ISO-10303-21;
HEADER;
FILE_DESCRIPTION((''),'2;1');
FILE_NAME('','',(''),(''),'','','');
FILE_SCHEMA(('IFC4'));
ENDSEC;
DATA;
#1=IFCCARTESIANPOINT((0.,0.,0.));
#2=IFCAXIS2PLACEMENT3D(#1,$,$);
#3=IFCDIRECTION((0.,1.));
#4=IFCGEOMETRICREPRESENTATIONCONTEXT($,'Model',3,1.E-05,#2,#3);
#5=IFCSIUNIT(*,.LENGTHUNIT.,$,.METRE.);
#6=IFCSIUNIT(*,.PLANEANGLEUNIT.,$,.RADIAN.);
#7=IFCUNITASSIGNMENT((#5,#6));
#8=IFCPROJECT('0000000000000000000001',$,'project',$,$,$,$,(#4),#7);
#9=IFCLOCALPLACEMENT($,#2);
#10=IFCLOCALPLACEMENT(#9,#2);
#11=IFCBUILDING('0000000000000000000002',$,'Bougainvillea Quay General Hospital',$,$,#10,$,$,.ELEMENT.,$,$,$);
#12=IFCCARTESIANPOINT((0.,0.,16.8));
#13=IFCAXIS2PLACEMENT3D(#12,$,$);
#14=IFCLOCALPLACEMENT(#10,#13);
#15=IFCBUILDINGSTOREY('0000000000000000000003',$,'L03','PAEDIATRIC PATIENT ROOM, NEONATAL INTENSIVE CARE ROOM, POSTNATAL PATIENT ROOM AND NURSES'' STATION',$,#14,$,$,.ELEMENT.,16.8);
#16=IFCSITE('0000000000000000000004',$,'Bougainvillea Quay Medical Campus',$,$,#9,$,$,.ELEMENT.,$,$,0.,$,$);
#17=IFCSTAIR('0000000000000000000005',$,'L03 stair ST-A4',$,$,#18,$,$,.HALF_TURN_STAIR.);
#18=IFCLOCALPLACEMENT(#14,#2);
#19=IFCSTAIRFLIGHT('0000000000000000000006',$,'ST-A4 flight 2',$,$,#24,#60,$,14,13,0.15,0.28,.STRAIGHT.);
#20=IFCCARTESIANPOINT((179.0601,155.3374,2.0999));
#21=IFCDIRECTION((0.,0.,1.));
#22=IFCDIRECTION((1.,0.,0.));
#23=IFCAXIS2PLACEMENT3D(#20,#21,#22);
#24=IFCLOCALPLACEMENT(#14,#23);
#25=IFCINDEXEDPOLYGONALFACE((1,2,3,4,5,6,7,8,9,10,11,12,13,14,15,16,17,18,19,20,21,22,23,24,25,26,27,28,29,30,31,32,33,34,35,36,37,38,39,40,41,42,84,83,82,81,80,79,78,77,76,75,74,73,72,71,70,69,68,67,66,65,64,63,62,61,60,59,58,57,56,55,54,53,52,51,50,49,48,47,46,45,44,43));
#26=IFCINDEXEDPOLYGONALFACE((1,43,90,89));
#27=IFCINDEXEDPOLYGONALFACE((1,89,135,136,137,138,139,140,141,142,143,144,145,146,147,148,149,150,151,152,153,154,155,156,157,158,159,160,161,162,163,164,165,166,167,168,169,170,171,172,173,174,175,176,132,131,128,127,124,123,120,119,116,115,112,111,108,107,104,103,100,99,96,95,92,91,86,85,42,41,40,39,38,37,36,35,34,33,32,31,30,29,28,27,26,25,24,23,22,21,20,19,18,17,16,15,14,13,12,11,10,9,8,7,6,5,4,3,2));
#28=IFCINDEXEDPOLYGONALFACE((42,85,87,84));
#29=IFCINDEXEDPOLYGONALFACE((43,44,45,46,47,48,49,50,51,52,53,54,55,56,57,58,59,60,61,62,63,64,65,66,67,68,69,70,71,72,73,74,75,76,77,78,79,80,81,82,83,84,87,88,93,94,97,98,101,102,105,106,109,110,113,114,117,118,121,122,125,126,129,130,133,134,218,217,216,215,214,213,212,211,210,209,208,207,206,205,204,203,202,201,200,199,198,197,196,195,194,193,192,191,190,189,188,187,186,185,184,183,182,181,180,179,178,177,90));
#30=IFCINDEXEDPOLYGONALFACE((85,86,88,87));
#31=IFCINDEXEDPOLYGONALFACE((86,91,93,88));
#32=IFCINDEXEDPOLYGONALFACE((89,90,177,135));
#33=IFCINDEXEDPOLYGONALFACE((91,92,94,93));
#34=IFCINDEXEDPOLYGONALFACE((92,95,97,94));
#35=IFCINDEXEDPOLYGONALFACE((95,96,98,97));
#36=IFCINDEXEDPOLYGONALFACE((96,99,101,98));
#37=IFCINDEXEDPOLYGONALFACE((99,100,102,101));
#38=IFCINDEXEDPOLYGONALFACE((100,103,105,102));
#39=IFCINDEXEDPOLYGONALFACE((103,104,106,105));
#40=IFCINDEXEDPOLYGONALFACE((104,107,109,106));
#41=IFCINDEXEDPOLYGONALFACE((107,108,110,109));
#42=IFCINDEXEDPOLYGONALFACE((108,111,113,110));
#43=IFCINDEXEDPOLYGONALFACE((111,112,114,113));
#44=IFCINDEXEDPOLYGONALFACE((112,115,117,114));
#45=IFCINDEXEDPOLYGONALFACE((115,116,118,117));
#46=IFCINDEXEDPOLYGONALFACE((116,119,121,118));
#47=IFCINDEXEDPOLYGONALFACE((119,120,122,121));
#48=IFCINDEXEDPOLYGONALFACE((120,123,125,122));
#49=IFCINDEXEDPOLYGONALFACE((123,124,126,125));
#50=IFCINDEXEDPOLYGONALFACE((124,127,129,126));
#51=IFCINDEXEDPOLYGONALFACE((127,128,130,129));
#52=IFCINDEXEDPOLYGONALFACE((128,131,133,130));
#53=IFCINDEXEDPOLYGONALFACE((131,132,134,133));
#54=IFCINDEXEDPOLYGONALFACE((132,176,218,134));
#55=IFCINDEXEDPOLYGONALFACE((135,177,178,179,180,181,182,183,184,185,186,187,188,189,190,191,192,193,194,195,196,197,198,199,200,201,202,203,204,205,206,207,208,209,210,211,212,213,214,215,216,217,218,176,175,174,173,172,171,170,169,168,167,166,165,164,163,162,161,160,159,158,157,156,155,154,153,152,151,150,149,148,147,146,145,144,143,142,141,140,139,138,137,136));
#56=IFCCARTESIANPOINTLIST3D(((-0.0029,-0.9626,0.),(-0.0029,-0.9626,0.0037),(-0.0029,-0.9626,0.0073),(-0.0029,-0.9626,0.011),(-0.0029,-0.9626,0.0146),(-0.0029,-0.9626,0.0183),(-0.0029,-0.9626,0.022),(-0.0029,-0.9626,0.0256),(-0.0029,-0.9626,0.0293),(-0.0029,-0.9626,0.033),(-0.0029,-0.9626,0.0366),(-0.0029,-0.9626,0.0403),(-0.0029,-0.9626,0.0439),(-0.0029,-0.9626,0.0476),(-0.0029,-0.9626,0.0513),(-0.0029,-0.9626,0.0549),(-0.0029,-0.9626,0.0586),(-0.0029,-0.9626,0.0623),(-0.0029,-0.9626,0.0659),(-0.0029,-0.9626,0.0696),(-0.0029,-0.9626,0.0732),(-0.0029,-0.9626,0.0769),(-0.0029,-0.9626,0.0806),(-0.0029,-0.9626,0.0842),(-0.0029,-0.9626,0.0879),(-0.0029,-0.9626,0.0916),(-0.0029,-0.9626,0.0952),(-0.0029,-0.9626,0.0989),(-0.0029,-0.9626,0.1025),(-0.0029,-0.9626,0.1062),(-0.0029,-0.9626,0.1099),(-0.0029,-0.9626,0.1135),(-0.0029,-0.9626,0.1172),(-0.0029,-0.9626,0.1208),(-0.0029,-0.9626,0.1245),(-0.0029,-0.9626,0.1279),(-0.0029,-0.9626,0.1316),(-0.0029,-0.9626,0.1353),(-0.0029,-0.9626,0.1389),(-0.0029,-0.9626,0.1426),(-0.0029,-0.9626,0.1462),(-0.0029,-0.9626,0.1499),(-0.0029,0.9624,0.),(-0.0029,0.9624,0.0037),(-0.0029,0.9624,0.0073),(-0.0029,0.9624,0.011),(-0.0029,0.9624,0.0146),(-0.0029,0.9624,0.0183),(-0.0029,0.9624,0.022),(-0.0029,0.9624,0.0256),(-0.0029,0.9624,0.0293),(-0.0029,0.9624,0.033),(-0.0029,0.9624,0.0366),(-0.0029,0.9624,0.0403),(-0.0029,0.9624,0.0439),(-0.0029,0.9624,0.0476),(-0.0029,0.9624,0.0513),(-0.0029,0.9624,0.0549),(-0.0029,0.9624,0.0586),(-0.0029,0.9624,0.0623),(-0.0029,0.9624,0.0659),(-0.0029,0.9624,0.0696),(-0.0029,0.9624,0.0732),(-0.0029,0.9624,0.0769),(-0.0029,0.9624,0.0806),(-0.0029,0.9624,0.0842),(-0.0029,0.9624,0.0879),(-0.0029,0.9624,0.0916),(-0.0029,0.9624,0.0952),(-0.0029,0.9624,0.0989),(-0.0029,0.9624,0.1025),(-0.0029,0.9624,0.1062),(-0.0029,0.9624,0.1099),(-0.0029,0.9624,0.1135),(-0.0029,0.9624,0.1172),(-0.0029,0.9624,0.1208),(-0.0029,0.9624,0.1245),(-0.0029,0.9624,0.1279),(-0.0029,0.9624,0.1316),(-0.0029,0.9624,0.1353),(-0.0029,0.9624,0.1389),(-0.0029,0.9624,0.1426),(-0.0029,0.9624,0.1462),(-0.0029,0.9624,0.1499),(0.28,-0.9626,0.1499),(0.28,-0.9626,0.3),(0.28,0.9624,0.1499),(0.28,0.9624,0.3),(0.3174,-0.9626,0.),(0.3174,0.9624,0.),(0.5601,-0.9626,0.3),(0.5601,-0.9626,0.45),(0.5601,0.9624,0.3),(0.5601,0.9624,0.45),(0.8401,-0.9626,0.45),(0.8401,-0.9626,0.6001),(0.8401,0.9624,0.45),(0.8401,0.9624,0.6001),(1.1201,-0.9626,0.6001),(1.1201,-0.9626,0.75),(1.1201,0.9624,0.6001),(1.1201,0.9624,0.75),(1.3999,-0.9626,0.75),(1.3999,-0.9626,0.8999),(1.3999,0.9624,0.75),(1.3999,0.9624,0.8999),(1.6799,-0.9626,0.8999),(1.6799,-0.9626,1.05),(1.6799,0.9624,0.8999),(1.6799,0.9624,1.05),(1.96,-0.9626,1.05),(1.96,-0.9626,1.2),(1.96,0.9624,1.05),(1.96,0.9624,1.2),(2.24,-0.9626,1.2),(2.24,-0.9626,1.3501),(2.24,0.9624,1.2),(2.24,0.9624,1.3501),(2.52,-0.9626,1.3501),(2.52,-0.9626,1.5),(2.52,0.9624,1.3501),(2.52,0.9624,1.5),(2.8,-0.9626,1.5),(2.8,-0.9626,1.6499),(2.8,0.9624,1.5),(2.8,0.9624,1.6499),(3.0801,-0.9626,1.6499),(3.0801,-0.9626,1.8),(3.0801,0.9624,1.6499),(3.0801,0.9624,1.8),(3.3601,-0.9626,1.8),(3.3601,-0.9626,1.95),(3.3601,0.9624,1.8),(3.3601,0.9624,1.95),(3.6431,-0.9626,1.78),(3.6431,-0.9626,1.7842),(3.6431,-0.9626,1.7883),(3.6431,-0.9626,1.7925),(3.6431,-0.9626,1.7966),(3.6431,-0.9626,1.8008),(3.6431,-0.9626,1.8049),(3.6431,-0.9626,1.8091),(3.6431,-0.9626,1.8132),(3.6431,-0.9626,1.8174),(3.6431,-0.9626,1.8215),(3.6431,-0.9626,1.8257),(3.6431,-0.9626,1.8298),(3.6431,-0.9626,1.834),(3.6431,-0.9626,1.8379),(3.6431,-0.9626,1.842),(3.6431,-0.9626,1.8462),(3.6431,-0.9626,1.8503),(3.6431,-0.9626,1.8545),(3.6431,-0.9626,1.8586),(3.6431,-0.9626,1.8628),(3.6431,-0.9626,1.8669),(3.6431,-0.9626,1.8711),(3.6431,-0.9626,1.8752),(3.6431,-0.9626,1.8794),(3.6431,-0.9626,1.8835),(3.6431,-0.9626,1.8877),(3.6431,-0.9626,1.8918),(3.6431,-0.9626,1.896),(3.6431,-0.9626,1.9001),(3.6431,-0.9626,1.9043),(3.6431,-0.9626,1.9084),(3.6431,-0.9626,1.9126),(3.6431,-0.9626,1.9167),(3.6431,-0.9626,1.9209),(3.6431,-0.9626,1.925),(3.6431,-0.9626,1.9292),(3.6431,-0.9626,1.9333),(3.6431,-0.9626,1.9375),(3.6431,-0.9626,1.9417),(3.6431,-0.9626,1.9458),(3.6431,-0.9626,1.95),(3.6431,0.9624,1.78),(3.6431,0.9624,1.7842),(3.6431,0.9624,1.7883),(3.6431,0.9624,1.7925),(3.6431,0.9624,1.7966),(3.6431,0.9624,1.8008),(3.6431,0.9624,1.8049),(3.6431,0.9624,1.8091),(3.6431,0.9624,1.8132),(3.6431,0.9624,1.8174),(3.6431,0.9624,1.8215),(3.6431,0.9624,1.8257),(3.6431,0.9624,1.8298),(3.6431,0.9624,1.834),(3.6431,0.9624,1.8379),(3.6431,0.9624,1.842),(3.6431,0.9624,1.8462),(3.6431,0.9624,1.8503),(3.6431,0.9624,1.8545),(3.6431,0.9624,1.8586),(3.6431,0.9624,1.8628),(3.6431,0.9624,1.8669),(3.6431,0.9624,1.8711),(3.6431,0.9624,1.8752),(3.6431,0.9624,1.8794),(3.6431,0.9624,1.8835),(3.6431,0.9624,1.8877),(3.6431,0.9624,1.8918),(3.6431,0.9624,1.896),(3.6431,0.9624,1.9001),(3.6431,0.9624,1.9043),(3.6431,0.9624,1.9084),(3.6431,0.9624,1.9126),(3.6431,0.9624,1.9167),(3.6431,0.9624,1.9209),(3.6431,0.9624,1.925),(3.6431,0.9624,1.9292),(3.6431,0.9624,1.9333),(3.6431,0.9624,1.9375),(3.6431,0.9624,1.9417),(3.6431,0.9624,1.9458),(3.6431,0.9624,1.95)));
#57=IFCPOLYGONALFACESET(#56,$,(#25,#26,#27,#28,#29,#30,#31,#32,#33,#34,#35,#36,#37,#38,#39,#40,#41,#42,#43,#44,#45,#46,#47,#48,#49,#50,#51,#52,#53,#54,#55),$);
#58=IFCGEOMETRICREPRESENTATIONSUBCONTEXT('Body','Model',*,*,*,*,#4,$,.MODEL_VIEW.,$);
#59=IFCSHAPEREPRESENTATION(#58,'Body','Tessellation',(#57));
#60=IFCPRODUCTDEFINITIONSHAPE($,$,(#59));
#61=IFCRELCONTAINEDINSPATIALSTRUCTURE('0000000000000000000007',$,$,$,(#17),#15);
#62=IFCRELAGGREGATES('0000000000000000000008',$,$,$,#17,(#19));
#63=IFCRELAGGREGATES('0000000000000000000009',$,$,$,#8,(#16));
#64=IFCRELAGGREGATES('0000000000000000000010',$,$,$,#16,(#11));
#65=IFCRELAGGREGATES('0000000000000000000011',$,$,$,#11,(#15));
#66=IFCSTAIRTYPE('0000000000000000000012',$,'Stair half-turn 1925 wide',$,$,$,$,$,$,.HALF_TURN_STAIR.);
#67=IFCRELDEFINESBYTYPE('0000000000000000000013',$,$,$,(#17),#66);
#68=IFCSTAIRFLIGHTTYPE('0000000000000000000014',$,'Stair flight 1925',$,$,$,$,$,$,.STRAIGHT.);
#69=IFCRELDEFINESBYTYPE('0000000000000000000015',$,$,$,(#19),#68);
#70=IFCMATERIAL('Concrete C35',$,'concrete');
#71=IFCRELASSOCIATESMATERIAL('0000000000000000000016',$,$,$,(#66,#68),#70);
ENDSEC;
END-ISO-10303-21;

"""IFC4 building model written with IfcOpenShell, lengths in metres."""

from ifc_helpers import new_model, si_unit, direction, frame, origin, place, context, subcontext, project, spatial, polyline, outline, extrude, material, type_object, element, aggregate, save


model = new_model("IFC4")

# Units and contexts
model_context = context("Model", 3, precision=1e-05, world=origin(), true_north=direction((0.0, 1.0)))
body_context = subcontext(model_context, "Body", "Model", "MODEL_VIEW")
ifc_project = project(units=[si_unit("LENGTHUNIT", "METRE"), si_unit("PLANEANGLEUNIT", "RADIAN")], contexts=[model_context])

# Site, building, storey
site_placement = place(None, origin())
site = spatial("IfcSite", under=ifc_project, at=site_placement, Name="Bougainvillea Quay Medical Campus", CompositionType="ELEMENT", RefElevation=0.0)
building_placement = place(site_placement, origin())
building = spatial("IfcBuilding", under=site, at=building_placement, Name="Bougainvillea Quay General Hospital", CompositionType="ELEMENT")
storey_placement = place(building_placement, frame((0.0, 0.0, 16.8)))
storey = spatial("IfcBuildingStorey", under=building, at=storey_placement, Name="L03", Description="PAEDIATRIC PATIENT ROOM, NEONATAL INTENSIVE CARE ROOM, POSTNATAL PATIENT ROOM AND NURSES' STATION", CompositionType="ELEMENT", Elevation=16.8)

# Stair, stair flight
ifc_material_1 = material(Name="Concrete C35", Category="concrete")
stair_type = type_object("IfcStairType", Name="Stair half-turn 1925 wide", PredefinedType="HALF_TURN_STAIR", material=ifc_material_1)
stair_placement = place(storey_placement, origin())
stair = element("IfcStair", 1, at=stair_placement, inside=storey, type_object=stair_type, Name="L03 stair ST-A4", PredefinedType="HALF_TURN_STAIR")
stair_flight_type = type_object("IfcStairFlightType", Name="Stair flight 1925", PredefinedType="STRAIGHT", material=ifc_material_1)
stair_flight_1_placement = place(storey_placement, frame((179.0601, 155.3374, 2.0999), z_axis=(0.0, 0.0, 1.0), x_axis=(1.0, 0.0, 0.0)))
stair_flight_1 = element("IfcStairFlight", 2, at=stair_flight_1_placement, type_object=stair_flight_type, Name="ST-A4 flight 2", NumberOfRisers=14, NumberOfTreads=13, PredefinedType="STRAIGHT", RiserHeight=0.15, TreadLength=0.28, context=body_context, shape_type="SweptSolid", body=[
    extrude(outline(polyline([(-0.0029, 0.0), (-0.0029, 0.0037), (-0.0029, 0.0073), (-0.0029, 0.011), (-0.0029, 0.0146), (-0.0029, 0.0183), (-0.0029, 0.022), (-0.0029, 0.0256), (-0.0029, 0.0293), (-0.0029, 0.033), (-0.0029, 0.0366), (-0.0029, 0.0403), (-0.0029, 0.0439), (-0.0029, 0.0476), (-0.0029, 0.0513), (-0.0029, 0.0549), (-0.0029, 0.0586), (-0.0029, 0.0623), (-0.0029, 0.0659), (-0.0029, 0.0696), (-0.0029, 0.0732), (-0.0029, 0.0769), (-0.0029, 0.0806), (-0.0029, 0.0842), (-0.0029, 0.0879), (-0.0029, 0.0916), (-0.0029, 0.0952), (-0.0029, 0.0989), (-0.0029, 0.1025), (-0.0029, 0.1062), (-0.0029, 0.1099), (-0.0029, 0.1135), (-0.0029, 0.1172), (-0.0029, 0.1208), (-0.0029, 0.1245), (-0.0029, 0.1279), (-0.0029, 0.1316), (-0.0029, 0.1353), (-0.0029, 0.1389), (-0.0029, 0.1426), (-0.0029, 0.1462), (-0.0029, 0.1499), (0.28, 0.1499), (0.28, 0.3), (0.5601, 0.3), (0.5601, 0.45), (0.8401, 0.45), (0.8401, 0.6001), (1.1201, 0.6001), (1.1201, 0.75), (1.3999, 0.75), (1.3999, 0.8999), (1.6799, 0.8999), (1.6799, 1.05), (1.96, 1.05), (1.96, 1.2), (2.24, 1.2), (2.24, 1.3501), (2.52, 1.3501), (2.52, 1.5), (2.8, 1.5), (2.8, 1.6499), (3.0801, 1.6499), (3.0801, 1.8), (3.3601, 1.8), (3.3601, 1.95), (3.6431, 1.95), (3.6431, 1.9458), (3.6431, 1.9417), (3.6431, 1.9375), (3.6431, 1.9333), (3.6431, 1.9292), (3.6431, 1.925), (3.6431, 1.9209), (3.6431, 1.9167), (3.6431, 1.9126), (3.6431, 1.9084), (3.6431, 1.9043), (3.6431, 1.9001), (3.6431, 1.896), (3.6431, 1.8918), (3.6431, 1.8877), (3.6431, 1.8835), (3.6431, 1.8794), (3.6431, 1.8752), (3.6431, 1.8711), (3.6431, 1.8669), (3.6431, 1.8628), (3.6431, 1.8586), (3.6431, 1.8545), (3.6431, 1.8503), (3.6431, 1.8462), (3.6431, 1.842), (3.6431, 1.8379), (3.6431, 1.834), (3.6431, 1.8298), (3.6431, 1.8257), (3.6431, 1.8215), (3.6431, 1.8174), (3.6431, 1.8132), (3.6431, 1.8091), (3.6431, 1.8049), (3.6431, 1.8008), (3.6431, 1.7966), (3.6431, 1.7925), (3.6431, 1.7883), (3.6431, 1.7842), (3.6431, 1.78), (0.3174, 0.0), (-0.0029, 0.0)])), frame((0.0, 0.9624, 0.0), z_axis=(0.0, -1.0, 0.0), x_axis=(1.0, 0.0, 0.0)), (0.0, 0.0, 1.0), 1.925),
])
aggregate(stair, [stair_flight_1])

save(model, "model.ifc")
